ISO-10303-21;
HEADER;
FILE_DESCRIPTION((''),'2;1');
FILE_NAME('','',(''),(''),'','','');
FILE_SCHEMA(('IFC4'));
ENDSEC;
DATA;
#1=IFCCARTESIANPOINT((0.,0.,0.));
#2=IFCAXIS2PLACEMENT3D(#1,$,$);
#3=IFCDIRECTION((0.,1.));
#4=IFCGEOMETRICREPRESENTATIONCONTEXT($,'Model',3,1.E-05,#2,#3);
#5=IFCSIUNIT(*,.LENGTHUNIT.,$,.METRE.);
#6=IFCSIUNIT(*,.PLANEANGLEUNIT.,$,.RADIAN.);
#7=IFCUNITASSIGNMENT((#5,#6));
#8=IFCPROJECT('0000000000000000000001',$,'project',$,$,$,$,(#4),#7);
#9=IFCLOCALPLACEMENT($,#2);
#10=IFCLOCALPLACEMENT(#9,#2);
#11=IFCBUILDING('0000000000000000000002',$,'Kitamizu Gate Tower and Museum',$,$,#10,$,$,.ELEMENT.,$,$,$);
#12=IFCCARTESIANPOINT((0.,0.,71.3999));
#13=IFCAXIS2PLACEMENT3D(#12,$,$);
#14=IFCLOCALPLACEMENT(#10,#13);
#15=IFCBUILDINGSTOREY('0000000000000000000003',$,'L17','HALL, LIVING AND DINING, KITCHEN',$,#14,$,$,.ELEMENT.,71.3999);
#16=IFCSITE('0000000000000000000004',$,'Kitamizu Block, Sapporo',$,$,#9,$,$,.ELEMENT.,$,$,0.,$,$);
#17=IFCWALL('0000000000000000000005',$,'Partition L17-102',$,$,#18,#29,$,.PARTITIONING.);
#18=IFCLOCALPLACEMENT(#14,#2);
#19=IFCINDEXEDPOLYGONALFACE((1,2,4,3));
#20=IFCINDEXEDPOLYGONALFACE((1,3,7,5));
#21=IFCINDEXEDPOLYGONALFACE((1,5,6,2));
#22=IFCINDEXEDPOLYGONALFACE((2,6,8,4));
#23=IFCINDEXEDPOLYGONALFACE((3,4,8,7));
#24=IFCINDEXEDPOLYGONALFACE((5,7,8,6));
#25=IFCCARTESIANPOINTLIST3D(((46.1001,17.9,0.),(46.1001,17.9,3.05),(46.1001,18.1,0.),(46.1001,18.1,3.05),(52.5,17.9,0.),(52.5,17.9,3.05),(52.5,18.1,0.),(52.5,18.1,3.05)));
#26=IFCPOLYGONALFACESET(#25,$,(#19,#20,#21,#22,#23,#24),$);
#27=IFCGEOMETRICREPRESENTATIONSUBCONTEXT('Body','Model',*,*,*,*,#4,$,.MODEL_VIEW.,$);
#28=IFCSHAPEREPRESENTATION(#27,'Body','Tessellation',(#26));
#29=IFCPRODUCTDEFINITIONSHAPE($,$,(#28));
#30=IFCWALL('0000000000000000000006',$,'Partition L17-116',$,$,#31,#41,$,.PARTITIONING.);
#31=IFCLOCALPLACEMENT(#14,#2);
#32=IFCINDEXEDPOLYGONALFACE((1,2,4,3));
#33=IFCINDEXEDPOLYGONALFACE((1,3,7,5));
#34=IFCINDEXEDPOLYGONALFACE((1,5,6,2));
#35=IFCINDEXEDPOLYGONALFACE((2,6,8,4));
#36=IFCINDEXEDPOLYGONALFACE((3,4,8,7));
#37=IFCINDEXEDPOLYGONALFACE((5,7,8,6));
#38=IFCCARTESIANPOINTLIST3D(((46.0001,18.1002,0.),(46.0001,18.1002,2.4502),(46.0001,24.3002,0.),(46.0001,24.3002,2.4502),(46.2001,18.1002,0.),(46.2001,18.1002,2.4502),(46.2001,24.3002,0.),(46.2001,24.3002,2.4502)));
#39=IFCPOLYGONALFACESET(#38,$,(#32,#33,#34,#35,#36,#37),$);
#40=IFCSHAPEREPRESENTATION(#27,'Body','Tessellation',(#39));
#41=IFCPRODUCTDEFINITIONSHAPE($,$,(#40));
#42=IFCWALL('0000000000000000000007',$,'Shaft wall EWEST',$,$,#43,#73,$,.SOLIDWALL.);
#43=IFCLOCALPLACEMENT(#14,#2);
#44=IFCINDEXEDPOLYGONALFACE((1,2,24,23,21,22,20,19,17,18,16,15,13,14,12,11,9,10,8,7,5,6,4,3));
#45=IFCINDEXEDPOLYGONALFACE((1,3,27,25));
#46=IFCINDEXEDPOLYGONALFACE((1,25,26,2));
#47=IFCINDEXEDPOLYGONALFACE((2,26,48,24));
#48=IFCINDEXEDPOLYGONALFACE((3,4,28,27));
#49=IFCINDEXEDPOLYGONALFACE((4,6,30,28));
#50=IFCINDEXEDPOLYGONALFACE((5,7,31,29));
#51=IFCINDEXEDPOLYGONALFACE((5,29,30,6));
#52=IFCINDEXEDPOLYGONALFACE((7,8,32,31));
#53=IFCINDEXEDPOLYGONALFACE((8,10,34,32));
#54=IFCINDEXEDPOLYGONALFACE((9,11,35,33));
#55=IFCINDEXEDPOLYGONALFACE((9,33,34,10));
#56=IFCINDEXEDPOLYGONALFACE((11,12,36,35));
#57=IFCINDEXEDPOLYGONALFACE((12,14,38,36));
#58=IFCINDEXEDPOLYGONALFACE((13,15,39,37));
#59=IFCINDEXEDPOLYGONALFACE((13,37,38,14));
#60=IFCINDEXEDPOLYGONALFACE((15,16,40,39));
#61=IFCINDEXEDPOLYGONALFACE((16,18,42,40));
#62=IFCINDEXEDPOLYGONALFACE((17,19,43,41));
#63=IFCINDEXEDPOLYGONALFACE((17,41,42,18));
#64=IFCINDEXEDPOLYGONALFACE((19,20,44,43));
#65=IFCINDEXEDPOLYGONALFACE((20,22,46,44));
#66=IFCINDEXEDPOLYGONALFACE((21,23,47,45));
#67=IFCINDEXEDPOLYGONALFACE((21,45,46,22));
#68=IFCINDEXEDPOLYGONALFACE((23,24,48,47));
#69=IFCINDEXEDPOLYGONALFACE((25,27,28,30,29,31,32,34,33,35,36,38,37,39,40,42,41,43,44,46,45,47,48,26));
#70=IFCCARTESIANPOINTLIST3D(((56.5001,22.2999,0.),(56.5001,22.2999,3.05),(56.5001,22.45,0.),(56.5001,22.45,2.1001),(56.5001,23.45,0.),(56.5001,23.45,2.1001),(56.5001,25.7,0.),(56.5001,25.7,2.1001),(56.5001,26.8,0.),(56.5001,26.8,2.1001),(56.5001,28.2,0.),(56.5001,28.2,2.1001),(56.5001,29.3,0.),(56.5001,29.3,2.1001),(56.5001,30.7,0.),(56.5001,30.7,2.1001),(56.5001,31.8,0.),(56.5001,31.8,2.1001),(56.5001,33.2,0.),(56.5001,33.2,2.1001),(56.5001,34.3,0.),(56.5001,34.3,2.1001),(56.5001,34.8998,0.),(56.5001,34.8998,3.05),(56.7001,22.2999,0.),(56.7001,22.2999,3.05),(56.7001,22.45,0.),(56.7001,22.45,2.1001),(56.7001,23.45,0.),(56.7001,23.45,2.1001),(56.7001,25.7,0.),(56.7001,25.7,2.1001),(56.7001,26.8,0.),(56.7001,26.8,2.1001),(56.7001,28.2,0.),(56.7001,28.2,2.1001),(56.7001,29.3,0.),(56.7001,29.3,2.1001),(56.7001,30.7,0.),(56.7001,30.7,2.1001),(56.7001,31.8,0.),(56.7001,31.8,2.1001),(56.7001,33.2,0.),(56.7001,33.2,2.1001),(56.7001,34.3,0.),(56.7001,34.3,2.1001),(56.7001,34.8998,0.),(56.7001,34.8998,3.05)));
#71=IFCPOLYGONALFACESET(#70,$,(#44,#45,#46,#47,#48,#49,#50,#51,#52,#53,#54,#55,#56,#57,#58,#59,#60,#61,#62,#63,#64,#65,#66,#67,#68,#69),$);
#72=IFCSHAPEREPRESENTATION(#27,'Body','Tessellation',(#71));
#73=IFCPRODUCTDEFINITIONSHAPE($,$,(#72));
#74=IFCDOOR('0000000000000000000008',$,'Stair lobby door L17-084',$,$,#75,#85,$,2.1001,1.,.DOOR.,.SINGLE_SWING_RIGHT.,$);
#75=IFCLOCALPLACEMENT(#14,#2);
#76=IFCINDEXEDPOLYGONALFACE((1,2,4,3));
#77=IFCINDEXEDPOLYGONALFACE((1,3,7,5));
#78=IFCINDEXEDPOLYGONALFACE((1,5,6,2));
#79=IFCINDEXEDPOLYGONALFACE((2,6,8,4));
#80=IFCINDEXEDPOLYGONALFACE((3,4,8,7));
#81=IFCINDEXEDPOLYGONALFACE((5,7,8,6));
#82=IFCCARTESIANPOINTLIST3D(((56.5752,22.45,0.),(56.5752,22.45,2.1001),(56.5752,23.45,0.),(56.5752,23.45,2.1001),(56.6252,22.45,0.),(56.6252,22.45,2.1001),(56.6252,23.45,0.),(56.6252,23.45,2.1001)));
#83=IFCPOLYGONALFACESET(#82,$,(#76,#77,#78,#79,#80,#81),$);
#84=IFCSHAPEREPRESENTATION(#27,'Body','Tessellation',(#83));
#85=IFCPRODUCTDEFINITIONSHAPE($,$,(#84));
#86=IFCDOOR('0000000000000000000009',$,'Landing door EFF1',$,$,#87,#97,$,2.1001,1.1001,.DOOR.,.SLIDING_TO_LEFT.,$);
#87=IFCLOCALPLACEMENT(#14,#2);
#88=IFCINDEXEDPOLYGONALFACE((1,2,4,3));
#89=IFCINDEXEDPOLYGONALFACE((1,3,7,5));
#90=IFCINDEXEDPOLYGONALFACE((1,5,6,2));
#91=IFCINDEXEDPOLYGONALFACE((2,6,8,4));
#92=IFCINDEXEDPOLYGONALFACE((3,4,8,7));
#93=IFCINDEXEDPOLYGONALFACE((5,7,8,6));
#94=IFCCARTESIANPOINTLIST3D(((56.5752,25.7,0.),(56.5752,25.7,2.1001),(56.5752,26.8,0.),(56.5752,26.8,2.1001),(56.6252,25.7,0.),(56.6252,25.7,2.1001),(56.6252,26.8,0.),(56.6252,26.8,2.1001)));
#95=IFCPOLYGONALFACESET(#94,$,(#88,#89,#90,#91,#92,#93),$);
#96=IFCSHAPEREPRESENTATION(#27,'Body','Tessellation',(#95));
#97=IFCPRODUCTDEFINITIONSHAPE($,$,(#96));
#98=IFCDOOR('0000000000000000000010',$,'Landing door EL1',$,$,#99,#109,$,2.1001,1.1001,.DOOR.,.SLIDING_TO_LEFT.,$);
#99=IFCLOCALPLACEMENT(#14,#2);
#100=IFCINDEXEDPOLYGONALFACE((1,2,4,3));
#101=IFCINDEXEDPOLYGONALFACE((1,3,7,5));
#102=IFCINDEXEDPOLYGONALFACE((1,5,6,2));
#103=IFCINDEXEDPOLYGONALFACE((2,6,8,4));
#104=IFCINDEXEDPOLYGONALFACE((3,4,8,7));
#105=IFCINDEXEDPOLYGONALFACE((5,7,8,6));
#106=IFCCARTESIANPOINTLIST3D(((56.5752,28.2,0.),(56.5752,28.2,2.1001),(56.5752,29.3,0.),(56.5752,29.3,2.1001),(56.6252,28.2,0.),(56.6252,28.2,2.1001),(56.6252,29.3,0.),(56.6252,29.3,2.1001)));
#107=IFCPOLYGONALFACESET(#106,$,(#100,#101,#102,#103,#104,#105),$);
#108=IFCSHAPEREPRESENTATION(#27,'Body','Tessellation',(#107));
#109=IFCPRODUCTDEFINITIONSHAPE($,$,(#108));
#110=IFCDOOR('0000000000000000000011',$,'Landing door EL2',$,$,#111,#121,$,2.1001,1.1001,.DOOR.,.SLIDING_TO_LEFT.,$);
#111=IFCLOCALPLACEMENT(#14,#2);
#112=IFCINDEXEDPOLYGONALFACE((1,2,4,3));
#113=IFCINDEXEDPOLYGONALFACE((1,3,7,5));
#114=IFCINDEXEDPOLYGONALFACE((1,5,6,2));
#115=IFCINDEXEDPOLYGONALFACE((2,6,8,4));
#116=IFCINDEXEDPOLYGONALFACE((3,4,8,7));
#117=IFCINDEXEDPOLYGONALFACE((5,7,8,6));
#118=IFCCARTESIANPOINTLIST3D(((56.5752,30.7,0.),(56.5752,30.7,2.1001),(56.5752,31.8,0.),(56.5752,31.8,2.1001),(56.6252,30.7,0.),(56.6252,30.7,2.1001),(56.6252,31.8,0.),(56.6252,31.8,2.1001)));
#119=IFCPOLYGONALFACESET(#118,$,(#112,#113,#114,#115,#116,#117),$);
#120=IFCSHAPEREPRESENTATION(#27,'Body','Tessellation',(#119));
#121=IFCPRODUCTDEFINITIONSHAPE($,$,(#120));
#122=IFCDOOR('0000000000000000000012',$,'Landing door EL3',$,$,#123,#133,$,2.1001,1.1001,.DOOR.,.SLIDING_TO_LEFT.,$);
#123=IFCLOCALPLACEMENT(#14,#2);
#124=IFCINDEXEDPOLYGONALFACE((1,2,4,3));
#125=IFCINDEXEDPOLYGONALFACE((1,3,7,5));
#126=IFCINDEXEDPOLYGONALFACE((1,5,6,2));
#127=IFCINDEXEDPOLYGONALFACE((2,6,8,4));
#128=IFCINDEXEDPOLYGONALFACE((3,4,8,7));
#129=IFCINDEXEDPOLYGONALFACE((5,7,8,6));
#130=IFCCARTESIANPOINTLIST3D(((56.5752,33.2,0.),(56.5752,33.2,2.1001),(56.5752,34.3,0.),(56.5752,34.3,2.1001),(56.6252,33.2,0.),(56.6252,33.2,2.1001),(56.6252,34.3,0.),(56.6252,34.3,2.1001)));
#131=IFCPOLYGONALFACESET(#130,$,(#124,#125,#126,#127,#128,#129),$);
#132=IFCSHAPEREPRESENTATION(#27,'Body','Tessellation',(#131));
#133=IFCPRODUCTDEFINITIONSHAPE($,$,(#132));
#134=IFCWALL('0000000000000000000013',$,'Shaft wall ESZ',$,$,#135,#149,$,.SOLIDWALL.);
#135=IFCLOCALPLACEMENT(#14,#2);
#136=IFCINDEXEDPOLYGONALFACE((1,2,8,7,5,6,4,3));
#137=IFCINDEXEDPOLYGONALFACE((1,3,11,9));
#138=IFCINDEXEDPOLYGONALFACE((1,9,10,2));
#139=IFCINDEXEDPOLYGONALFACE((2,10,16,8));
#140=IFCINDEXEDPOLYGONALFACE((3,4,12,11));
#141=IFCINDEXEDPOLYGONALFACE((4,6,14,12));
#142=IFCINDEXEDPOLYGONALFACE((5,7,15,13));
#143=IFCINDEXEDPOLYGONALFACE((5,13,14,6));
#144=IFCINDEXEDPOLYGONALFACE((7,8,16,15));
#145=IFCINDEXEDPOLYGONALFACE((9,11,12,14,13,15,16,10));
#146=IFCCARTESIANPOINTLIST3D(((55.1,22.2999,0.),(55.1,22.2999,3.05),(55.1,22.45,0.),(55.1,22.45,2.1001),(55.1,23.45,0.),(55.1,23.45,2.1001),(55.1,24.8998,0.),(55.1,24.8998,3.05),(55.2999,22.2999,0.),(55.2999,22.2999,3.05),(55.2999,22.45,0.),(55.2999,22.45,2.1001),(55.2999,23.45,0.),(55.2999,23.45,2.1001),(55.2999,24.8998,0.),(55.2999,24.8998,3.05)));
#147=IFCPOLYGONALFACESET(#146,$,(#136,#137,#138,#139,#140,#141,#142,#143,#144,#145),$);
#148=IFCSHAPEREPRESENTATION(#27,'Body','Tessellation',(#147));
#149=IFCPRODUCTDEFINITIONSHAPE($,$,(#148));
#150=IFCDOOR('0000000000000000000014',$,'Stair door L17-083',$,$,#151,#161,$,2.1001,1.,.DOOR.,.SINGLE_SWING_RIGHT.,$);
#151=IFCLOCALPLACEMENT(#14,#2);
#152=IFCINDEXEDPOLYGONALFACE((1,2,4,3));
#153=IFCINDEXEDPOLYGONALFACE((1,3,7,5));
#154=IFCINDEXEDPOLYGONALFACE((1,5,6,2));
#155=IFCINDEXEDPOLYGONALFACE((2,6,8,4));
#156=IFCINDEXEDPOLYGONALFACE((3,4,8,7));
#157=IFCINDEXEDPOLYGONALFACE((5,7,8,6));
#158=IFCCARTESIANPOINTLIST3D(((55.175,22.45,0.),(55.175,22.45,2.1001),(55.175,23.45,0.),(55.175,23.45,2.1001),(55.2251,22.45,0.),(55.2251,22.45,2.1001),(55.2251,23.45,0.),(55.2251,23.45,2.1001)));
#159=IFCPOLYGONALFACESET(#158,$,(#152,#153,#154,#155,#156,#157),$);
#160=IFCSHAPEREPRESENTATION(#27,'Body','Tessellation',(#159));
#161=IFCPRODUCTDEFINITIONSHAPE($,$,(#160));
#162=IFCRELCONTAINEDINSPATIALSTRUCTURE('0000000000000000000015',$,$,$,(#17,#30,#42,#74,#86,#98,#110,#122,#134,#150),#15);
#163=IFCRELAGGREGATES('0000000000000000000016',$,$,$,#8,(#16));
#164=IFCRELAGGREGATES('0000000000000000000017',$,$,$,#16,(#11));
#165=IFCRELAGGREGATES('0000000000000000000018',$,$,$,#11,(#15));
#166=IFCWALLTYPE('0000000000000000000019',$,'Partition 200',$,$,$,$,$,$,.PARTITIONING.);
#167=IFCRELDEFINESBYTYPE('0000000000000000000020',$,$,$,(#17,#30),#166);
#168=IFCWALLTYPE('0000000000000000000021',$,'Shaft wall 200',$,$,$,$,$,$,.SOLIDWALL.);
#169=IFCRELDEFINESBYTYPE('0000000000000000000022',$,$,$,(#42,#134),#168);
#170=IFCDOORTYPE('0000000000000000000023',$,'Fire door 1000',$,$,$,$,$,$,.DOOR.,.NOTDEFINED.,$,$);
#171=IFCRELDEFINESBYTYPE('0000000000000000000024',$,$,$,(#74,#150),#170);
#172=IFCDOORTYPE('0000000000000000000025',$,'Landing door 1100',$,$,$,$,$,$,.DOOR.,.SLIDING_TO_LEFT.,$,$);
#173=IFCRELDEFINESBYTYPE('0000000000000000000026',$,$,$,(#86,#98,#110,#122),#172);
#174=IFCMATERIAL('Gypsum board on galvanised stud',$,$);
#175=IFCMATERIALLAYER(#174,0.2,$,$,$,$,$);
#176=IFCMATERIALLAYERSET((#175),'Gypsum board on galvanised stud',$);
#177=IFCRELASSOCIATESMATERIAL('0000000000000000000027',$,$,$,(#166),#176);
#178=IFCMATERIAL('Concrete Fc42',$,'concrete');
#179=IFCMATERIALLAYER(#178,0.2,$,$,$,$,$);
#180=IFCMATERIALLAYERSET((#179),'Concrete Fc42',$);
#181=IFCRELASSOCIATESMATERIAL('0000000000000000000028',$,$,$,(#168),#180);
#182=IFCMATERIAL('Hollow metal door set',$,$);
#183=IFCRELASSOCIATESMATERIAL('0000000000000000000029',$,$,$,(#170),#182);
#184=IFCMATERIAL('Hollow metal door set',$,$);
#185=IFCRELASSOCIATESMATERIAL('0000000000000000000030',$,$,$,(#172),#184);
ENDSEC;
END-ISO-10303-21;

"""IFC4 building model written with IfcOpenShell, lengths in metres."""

from ifc_helpers import new_model, si_unit, direction, frame, frame_2d, origin, place, context, subcontext, project, spatial, rectangle, extrude, material, layer, layer_set, type_object, element, fill, save


model = new_model("IFC4")

# Units and contexts
model_context = context("Model", 3, precision=1e-05, world=origin(), true_north=direction((0.0, 1.0)))
body_context = subcontext(model_context, "Body", "Model", "MODEL_VIEW")
ifc_project = project(units=[si_unit("LENGTHUNIT", "METRE"), si_unit("PLANEANGLEUNIT", "RADIAN")], contexts=[model_context])

# Site, building, storey
site_placement = place(None, origin())
site = spatial("IfcSite", under=ifc_project, at=site_placement, Name="Kitamizu Block, Sapporo", CompositionType="ELEMENT", RefElevation=0.0)
building_placement = place(site_placement, origin())
building = spatial("IfcBuilding", under=site, at=building_placement, Name="Kitamizu Gate Tower and Museum", CompositionType="ELEMENT")
storey_placement = place(building_placement, frame((0.0, 0.0, 71.3999)))
storey = spatial("IfcBuildingStorey", under=building, at=storey_placement, Name="L17", Description="HALL, LIVING AND DINING, KITCHEN", CompositionType="ELEMENT", Elevation=71.3999)

# Walls
ifc_material_1 = material(Name="Gypsum board on galvanised stud")
ifc_layer_1 = layer(ifc_material_1, 0.2)
ifc_layer_set_1 = layer_set([ifc_layer_1], Name="Gypsum board on galvanised stud")
wall_type_1 = type_object("IfcWallType", Name="Partition 200", PredefinedType="PARTITIONING", material=ifc_layer_set_1)
wall_1_placement = place(storey_placement, frame((52.5, 18.0, 0.0), z_axis=(0.0, 0.0, 1.0), x_axis=(-1.0, 0.0, 0.0)))
element("IfcWall", 1, at=wall_1_placement, inside=storey, type_object=wall_type_1, Name="Partition L17-102", PredefinedType="PARTITIONING", context=body_context, shape_type="SweptSolid", body=[
    extrude(rectangle(XDim=6.3999, YDim=0.2, at=frame_2d((3.2, 0.0))), origin(), (0.0, 0.0, 1.0), 3.05),
])
wall_2_placement = place(storey_placement, frame((46.1001, 18.1001, 0.0), z_axis=(0.0, 0.0, 1.0), x_axis=(0.0, 1.0, 0.0)))
element("IfcWall", 2, at=wall_2_placement, inside=storey, type_object=wall_type_1, Name="Partition L17-116", PredefinedType="PARTITIONING", context=body_context, shape_type="SweptSolid", body=[
    extrude(rectangle(XDim=6.2, YDim=0.2, at=frame_2d((3.1001, 0.0))), origin(), (0.0, 0.0, 1.0), 2.4502),
])

# Wall, openings, doors
ifc_material_2 = material(Name="Concrete Fc42", Category="concrete")
ifc_layer_2 = layer(ifc_material_2, 0.2)
ifc_layer_set_2 = layer_set([ifc_layer_2], Name="Concrete Fc42")
wall_type_2 = type_object("IfcWallType", Name="Shaft wall 200", PredefinedType="SOLIDWALL", material=ifc_layer_set_2)
wall_3_placement = place(storey_placement, frame((56.6001, 22.3, 0.0), z_axis=(0.0, 0.0, 1.0), x_axis=(0.0, 1.0, 0.0)))
wall_3 = element("IfcWall", 3, at=wall_3_placement, inside=storey, type_object=wall_type_2, Name="Shaft wall EWEST", PredefinedType="SOLIDWALL", context=body_context, shape_type="SweptSolid", body=[
    extrude(rectangle(XDim=12.5999, YDim=0.2, at=frame_2d((6.2998, 0.0))), origin(), (0.0, 0.0, 1.0), 3.05),
])
opening_1_placement = place(wall_3_placement, frame((3.3999, 0.0, 0.0)))
opening_1 = element("IfcOpeningElement", 4, at=opening_1_placement, cuts=wall_3, PredefinedType="OPENING", context=body_context, shape_type="SweptSolid", body=[
    extrude(rectangle(XDim=1.1001, YDim=2.1001, at=frame_2d((0.55, 1.05))), frame((0.0, 0.1099, 0.0), z_axis=(0.0, -1.0, 0.0), x_axis=(1.0, 0.0, 0.0)), (0.0, 0.0, 1.0), 0.22),
])
opening_2_placement = place(wall_3_placement, frame((5.8999, 0.0, 0.0)))
opening_2 = element("IfcOpeningElement", 5, at=opening_2_placement, cuts=wall_3, PredefinedType="OPENING", context=body_context, shape_type="SweptSolid", body=[
    extrude(rectangle(XDim=1.1001, YDim=2.1001, at=frame_2d((0.55, 1.05))), frame((0.0, 0.1099, 0.0), z_axis=(0.0, -1.0, 0.0), x_axis=(1.0, 0.0, 0.0)), (0.0, 0.0, 1.0), 0.22),
])
opening_3_placement = place(wall_3_placement, frame((8.3999, 0.0, 0.0)))
opening_3 = element("IfcOpeningElement", 6, at=opening_3_placement, cuts=wall_3, PredefinedType="OPENING", context=body_context, shape_type="SweptSolid", body=[
    extrude(rectangle(XDim=1.1001, YDim=2.1001, at=frame_2d((0.55, 1.05))), frame((0.0, 0.1099, 0.0), z_axis=(0.0, -1.0, 0.0), x_axis=(1.0, 0.0, 0.0)), (0.0, 0.0, 1.0), 0.22),
])
opening_4_placement = place(wall_3_placement, frame((10.8999, 0.0, 0.0)))
opening_4 = element("IfcOpeningElement", 7, at=opening_4_placement, cuts=wall_3, PredefinedType="OPENING", context=body_context, shape_type="SweptSolid", body=[
    extrude(rectangle(XDim=1.1001, YDim=2.1001, at=frame_2d((0.55, 1.05))), frame((0.0, 0.1099, 0.0), z_axis=(0.0, -1.0, 0.0), x_axis=(1.0, 0.0, 0.0)), (0.0, 0.0, 1.0), 0.22),
])
opening_5_placement = place(wall_3_placement, frame((0.1499, 0.0, 0.0)))
opening_5 = element("IfcOpeningElement", 8, at=opening_5_placement, cuts=wall_3, PredefinedType="OPENING", context=body_context, shape_type="SweptSolid", body=[
    extrude(rectangle(XDim=1.0, YDim=2.1001, at=frame_2d((0.5, 1.05))), frame((0.0, 0.1099, 0.0), z_axis=(0.0, -1.0, 0.0), x_axis=(1.0, 0.0, 0.0)), (0.0, 0.0, 1.0), 0.22),
])
ifc_material_3 = material(Name="Hollow metal door set")
door_type_1 = type_object("IfcDoorType", Name="Fire door 1000", OperationType="NOTDEFINED", PredefinedType="DOOR", material=ifc_material_3)
door_1_placement = place(opening_5_placement, origin())
door_1 = element("IfcDoor", 9, at=door_1_placement, inside=storey, type_object=door_type_1, Name="Stair lobby door L17-084", OperationType="SINGLE_SWING_RIGHT", OverallHeight=2.1001, OverallWidth=1.0, PredefinedType="DOOR", context=body_context, shape_type="SweptSolid", body=[
    extrude(rectangle(XDim=1.0, YDim=2.1001, at=frame_2d((0.5, 1.05))), frame((0.0, 0.0249, 0.0), z_axis=(0.0, -1.0, 0.0), x_axis=(1.0, 0.0, 0.0)), (0.0, 0.0, 1.0), 0.05),
])
fill(opening_5, door_1)
ifc_material_4 = material(Name="Hollow metal door set")
door_type_2 = type_object("IfcDoorType", Name="Landing door 1100", OperationType="SLIDING_TO_LEFT", PredefinedType="DOOR", material=ifc_material_4)
door_2_placement = place(opening_1_placement, origin())
door_2 = element("IfcDoor", 10, at=door_2_placement, inside=storey, type_object=door_type_2, Name="Landing door EFF1", OperationType="SLIDING_TO_LEFT", OverallHeight=2.1001, OverallWidth=1.1001, PredefinedType="DOOR", context=body_context, shape_type="SweptSolid", body=[
    extrude(rectangle(XDim=1.1001, YDim=2.1001, at=frame_2d((0.55, 1.05))), frame((0.0, 0.0249, 0.0), z_axis=(0.0, -1.0, 0.0), x_axis=(1.0, 0.0, 0.0)), (0.0, 0.0, 1.0), 0.05),
])
fill(opening_1, door_2)
door_3_placement = place(opening_2_placement, origin())
door_3 = element("IfcDoor", 11, at=door_3_placement, inside=storey, type_object=door_type_2, Name="Landing door EL1", OperationType="SLIDING_TO_LEFT", OverallHeight=2.1001, OverallWidth=1.1001, PredefinedType="DOOR", context=body_context, shape_type="SweptSolid", body=[
    extrude(rectangle(XDim=1.1001, YDim=2.1001, at=frame_2d((0.55, 1.05))), frame((0.0, 0.0249, 0.0), z_axis=(0.0, -1.0, 0.0), x_axis=(1.0, 0.0, 0.0)), (0.0, 0.0, 1.0), 0.05),
])
fill(opening_2, door_3)
door_4_placement = place(opening_3_placement, origin())
door_4 = element("IfcDoor", 12, at=door_4_placement, inside=storey, type_object=door_type_2, Name="Landing door EL2", OperationType="SLIDING_TO_LEFT", OverallHeight=2.1001, OverallWidth=1.1001, PredefinedType="DOOR", context=body_context, shape_type="SweptSolid", body=[
    extrude(rectangle(XDim=1.1001, YDim=2.1001, at=frame_2d((0.55, 1.05))), frame((0.0, 0.0249, 0.0), z_axis=(0.0, -1.0, 0.0), x_axis=(1.0, 0.0, 0.0)), (0.0, 0.0, 1.0), 0.05),
])
fill(opening_3, door_4)
door_5_placement = place(opening_4_placement, origin())
door_5 = element("IfcDoor", 13, at=door_5_placement, inside=storey, type_object=door_type_2, Name="Landing door EL3", OperationType="SLIDING_TO_LEFT", OverallHeight=2.1001, OverallWidth=1.1001, PredefinedType="DOOR", context=body_context, shape_type="SweptSolid", body=[
    extrude(rectangle(XDim=1.1001, YDim=2.1001, at=frame_2d((0.55, 1.05))), frame((0.0, 0.0249, 0.0), z_axis=(0.0, -1.0, 0.0), x_axis=(1.0, 0.0, 0.0)), (0.0, 0.0, 1.0), 0.05),
])
fill(opening_4, door_5)

# Wall, opening, door
wall_4_placement = place(storey_placement, frame((55.2, 22.3, 0.0), z_axis=(0.0, 0.0, 1.0), x_axis=(0.0, 1.0, 0.0)))
wall_4 = element("IfcWall", 14, at=wall_4_placement, inside=storey, type_object=wall_type_2, Name="Shaft wall ESZ", PredefinedType="SOLIDWALL", context=body_context, shape_type="SweptSolid", body=[
    extrude(rectangle(XDim=2.5999, YDim=0.2, at=frame_2d((1.2998, 0.0))), origin(), (0.0, 0.0, 1.0), 3.05),
])
opening_6_placement = place(wall_4_placement, frame((0.1499, 0.0, 0.0)))
opening_6 = element("IfcOpeningElement", 15, at=opening_6_placement, cuts=wall_4, PredefinedType="OPENING", context=body_context, shape_type="SweptSolid", body=[
    extrude(rectangle(XDim=1.0, YDim=2.1001, at=frame_2d((0.5, 1.05))), frame((0.0, 0.1099, 0.0), z_axis=(0.0, -1.0, 0.0), x_axis=(1.0, 0.0, 0.0)), (0.0, 0.0, 1.0), 0.22),
])
door_6_placement = place(opening_6_placement, origin())
door_6 = element("IfcDoor", 16, at=door_6_placement, inside=storey, type_object=door_type_1, Name="Stair door L17-083", OperationType="SINGLE_SWING_RIGHT", OverallHeight=2.1001, OverallWidth=1.0, PredefinedType="DOOR", context=body_context, shape_type="SweptSolid", body=[
    extrude(rectangle(XDim=1.0, YDim=2.1001, at=frame_2d((0.5, 1.05))), frame((0.0, 0.0249, 0.0), z_axis=(0.0, -1.0, 0.0), x_axis=(1.0, 0.0, 0.0)), (0.0, 0.0, 1.0), 0.05),
])
fill(opening_6, door_6)

save(model, "model.ifc")
